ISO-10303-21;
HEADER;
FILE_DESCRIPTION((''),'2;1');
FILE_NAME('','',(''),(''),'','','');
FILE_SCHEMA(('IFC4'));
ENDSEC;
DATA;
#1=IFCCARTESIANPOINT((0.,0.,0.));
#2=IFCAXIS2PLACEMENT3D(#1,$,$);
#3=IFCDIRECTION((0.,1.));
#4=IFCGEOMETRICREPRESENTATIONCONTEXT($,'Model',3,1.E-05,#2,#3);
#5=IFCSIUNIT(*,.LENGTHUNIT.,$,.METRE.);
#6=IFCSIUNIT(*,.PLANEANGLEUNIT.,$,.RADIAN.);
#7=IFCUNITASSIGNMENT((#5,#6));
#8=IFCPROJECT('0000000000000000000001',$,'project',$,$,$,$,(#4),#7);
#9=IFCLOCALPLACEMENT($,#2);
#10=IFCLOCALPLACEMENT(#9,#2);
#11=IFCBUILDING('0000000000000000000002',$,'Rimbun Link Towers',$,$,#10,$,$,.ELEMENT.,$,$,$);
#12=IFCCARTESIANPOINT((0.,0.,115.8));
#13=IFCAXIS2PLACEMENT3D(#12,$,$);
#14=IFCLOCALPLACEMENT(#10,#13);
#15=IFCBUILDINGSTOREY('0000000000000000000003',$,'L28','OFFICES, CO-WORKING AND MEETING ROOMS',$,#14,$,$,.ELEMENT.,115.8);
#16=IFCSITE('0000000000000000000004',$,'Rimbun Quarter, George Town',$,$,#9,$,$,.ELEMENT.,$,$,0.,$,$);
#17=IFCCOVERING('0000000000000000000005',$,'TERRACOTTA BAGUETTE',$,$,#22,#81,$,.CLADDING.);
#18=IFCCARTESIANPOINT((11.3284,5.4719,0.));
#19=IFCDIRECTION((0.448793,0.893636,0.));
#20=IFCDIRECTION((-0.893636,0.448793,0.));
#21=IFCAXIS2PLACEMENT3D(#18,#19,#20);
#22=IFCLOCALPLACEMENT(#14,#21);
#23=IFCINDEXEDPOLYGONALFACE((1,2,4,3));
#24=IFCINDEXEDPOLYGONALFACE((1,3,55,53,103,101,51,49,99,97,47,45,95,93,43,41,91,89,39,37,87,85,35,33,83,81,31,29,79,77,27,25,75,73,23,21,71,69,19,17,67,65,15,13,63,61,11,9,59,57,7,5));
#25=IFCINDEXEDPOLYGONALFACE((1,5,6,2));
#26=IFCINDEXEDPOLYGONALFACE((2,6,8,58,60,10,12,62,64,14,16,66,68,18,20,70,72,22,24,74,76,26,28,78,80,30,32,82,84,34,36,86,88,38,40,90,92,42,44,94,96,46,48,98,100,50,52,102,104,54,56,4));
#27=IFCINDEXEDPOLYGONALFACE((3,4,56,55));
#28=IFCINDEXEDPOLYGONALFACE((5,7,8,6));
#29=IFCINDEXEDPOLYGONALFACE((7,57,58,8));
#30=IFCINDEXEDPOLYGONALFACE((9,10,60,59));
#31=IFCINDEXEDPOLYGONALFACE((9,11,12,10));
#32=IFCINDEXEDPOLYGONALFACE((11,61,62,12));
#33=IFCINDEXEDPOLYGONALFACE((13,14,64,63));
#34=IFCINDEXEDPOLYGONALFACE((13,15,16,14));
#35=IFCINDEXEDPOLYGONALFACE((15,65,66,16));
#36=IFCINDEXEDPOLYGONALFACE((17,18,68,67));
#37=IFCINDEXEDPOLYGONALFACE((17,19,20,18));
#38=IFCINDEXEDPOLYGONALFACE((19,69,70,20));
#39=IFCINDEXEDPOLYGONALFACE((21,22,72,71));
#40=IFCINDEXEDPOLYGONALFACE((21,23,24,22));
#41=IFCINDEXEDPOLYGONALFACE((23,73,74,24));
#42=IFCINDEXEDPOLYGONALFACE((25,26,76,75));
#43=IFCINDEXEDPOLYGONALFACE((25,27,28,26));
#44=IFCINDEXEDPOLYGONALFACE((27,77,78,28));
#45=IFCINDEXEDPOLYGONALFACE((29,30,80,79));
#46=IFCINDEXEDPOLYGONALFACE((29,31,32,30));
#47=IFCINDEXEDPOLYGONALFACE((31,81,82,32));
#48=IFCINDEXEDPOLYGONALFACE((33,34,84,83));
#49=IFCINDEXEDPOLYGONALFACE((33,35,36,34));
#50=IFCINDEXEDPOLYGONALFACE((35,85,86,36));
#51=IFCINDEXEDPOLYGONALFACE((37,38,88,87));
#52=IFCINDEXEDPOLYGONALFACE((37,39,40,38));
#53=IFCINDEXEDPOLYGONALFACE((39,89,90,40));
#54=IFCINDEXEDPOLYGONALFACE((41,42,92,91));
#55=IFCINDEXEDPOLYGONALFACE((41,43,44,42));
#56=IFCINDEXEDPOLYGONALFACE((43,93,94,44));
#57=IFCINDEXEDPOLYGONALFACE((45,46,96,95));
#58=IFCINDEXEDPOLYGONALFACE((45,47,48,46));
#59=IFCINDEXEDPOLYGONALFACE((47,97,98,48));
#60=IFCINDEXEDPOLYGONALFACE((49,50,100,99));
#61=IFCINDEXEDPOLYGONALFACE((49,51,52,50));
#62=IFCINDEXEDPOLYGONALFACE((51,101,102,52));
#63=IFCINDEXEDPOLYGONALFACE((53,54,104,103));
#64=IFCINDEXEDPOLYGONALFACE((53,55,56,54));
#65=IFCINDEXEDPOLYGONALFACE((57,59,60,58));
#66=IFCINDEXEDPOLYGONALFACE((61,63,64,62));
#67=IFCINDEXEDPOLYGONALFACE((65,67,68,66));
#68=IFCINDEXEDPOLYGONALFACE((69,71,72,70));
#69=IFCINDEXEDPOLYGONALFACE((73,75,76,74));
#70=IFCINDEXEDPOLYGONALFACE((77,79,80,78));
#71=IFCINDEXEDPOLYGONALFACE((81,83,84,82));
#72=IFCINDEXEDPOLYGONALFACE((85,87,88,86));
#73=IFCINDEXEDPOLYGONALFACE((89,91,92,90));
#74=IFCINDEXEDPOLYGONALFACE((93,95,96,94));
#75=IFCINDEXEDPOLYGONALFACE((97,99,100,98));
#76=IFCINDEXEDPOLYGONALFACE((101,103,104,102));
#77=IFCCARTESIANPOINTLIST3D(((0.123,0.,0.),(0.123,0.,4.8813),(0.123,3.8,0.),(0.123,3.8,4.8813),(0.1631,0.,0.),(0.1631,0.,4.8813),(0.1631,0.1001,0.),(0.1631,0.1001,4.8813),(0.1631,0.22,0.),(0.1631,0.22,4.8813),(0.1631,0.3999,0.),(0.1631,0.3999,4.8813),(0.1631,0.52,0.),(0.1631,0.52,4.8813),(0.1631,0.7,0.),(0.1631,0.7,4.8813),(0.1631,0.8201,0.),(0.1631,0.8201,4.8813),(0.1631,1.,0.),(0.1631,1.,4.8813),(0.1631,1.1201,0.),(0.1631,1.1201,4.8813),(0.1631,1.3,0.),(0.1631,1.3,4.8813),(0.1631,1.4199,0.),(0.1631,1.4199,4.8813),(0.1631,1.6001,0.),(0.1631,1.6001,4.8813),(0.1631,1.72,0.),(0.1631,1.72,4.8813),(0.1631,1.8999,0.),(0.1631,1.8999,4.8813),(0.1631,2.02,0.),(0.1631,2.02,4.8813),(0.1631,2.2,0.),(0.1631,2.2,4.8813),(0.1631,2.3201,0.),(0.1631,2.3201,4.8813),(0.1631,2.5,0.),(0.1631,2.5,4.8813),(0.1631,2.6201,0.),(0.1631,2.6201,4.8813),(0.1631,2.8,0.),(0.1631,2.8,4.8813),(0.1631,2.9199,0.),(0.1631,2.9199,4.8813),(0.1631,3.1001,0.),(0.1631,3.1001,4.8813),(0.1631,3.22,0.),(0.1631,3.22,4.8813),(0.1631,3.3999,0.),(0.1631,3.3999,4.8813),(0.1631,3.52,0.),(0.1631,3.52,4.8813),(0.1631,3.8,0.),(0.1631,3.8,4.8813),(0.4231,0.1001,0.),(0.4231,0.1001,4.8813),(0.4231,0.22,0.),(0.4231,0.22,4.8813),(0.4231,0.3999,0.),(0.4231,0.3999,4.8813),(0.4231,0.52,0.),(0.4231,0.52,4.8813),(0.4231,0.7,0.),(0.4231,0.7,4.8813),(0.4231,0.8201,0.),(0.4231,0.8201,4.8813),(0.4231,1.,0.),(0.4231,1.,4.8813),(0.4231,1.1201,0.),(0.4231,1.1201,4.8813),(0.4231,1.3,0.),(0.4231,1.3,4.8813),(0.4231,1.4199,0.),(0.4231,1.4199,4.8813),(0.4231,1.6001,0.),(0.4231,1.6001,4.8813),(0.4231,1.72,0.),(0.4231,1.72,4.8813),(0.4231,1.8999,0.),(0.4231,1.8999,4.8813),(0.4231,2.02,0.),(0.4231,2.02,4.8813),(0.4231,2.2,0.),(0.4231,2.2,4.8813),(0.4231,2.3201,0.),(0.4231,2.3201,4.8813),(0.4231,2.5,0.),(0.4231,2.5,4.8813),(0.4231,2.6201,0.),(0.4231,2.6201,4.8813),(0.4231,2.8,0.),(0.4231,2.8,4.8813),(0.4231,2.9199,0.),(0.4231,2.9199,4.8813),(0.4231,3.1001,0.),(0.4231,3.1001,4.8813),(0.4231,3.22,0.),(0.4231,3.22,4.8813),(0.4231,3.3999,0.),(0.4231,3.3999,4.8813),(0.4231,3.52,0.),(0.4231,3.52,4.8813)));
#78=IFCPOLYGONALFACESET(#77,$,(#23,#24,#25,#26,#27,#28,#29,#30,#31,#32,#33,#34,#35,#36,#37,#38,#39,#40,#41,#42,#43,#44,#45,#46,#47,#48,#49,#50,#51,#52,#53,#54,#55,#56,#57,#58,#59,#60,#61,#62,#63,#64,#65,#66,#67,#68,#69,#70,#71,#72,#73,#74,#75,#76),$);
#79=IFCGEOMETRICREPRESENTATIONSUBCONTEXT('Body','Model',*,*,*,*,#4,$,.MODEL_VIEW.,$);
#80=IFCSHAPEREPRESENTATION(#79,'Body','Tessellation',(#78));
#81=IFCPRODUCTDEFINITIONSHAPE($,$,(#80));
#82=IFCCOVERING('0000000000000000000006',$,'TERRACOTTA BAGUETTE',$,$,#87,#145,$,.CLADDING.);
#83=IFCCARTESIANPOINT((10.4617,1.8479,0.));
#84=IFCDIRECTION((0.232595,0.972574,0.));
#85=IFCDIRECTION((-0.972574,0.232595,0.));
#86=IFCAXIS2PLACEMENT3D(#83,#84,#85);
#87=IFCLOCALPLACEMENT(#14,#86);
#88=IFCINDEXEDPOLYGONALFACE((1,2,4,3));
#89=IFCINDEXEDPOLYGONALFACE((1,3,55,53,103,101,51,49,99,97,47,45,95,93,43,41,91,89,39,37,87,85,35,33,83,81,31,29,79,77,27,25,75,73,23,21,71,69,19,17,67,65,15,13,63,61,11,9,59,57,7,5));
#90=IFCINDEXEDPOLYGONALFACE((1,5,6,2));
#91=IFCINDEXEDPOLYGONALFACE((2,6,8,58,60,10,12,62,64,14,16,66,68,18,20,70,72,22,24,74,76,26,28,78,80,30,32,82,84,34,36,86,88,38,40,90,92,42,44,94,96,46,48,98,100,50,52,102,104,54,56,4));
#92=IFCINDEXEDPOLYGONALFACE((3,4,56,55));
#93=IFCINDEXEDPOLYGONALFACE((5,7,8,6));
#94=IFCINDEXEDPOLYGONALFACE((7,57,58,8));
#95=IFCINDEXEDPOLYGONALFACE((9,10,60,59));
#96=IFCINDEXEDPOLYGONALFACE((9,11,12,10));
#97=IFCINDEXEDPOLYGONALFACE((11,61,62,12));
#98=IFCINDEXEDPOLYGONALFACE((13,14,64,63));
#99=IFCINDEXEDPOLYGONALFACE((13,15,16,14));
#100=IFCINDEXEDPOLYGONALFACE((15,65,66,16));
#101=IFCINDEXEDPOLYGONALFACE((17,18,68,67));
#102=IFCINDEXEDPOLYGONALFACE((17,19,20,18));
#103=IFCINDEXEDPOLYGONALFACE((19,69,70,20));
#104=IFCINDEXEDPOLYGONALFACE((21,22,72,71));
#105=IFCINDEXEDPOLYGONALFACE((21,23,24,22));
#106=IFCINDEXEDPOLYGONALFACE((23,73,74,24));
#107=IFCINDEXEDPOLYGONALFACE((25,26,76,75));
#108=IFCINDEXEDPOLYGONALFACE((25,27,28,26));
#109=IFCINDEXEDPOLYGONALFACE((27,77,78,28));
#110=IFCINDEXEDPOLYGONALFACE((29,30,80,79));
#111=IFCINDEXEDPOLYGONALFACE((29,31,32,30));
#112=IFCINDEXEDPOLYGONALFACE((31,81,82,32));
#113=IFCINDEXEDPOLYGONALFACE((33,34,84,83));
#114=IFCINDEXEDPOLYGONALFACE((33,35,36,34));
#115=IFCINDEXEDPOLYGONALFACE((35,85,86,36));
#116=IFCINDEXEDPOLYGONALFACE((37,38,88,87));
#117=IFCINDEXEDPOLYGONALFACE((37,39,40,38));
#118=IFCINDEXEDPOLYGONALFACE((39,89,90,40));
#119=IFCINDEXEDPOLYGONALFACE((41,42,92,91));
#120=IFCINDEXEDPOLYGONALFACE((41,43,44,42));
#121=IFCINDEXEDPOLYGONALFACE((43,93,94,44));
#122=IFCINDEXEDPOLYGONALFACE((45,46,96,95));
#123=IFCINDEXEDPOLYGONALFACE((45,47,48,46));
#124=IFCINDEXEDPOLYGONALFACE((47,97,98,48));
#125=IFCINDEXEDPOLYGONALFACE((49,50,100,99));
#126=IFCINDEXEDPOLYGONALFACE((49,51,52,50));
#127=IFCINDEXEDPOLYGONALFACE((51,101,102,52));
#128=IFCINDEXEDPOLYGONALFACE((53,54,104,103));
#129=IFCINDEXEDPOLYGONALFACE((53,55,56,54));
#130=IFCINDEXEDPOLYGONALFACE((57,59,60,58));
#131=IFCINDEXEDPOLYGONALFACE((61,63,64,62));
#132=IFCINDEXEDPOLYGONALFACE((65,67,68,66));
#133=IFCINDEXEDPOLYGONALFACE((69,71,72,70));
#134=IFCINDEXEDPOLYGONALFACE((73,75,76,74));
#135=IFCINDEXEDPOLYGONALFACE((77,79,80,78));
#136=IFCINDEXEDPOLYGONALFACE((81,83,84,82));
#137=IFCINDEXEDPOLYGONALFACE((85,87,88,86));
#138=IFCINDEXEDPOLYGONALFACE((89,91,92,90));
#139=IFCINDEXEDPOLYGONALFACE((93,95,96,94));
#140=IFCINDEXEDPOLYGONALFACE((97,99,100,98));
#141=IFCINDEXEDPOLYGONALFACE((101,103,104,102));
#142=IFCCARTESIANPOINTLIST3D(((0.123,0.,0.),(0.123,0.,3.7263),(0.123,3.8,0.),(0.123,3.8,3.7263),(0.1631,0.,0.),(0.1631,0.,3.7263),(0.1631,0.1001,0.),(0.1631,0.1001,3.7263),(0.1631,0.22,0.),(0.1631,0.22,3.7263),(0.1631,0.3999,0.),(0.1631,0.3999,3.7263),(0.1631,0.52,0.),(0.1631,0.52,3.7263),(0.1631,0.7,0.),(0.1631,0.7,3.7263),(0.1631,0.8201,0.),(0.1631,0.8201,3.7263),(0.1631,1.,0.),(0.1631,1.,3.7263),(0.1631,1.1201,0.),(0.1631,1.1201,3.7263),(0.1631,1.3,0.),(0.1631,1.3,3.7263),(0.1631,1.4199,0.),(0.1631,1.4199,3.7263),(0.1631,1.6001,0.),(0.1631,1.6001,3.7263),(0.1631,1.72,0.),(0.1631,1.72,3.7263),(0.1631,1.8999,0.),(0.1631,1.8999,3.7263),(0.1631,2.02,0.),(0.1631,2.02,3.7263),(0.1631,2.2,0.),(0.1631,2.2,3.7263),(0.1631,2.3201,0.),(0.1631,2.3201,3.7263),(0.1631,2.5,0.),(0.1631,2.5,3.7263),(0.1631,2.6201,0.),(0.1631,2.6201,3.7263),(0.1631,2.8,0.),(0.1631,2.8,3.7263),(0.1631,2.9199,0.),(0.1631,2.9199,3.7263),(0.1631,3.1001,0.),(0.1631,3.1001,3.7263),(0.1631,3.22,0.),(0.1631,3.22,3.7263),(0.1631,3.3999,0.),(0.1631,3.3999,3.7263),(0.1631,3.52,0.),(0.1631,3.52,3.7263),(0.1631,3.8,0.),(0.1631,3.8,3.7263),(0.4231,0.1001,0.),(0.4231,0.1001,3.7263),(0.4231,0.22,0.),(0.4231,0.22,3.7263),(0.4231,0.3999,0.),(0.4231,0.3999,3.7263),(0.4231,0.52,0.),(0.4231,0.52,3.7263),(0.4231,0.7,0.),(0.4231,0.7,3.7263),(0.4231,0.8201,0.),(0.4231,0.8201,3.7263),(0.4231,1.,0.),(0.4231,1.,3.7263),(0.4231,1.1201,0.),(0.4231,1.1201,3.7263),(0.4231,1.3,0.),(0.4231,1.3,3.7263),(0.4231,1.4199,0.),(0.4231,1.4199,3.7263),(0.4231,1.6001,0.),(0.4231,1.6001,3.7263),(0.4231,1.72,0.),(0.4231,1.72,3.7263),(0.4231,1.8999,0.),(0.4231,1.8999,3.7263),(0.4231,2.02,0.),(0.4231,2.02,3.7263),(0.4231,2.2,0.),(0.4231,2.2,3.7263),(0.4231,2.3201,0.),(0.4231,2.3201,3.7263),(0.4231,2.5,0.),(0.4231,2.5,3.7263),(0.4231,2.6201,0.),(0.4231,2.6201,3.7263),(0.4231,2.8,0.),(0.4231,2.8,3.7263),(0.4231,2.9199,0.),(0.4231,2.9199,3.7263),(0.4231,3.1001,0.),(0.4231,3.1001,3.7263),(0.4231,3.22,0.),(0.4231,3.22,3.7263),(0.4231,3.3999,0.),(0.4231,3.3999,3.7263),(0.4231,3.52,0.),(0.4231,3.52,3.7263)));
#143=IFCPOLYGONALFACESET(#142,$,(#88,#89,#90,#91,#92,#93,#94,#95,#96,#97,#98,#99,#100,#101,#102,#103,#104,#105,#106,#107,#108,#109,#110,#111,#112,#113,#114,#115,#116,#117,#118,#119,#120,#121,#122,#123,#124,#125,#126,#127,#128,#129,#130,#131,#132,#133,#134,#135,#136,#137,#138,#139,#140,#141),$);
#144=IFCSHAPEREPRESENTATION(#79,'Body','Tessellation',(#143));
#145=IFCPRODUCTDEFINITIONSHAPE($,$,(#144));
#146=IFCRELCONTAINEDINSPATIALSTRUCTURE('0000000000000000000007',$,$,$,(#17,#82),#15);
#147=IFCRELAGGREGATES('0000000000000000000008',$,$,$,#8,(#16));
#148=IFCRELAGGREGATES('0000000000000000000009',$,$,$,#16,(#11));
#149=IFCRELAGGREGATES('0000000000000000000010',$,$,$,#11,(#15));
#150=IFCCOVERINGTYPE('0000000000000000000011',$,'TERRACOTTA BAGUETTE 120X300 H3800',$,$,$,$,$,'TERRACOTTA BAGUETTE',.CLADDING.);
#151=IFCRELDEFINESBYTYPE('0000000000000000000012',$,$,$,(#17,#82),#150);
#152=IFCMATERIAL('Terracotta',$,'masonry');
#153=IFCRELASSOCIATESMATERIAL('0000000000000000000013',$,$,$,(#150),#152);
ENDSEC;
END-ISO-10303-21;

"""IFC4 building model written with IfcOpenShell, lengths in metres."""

from ifc_helpers import new_model, si_unit, direction, frame, origin, place, context, subcontext, project, spatial, polyline, outline, extrude, material, material_profile, profile_set, type_object, element, save


model = new_model("IFC4")

# Units and contexts
model_context = context("Model", 3, precision=1e-05, world=origin(), true_north=direction((0.0, 1.0)))
body_context = subcontext(model_context, "Body", "Model", "MODEL_VIEW")
ifc_project = project(units=[si_unit("LENGTHUNIT", "METRE"), si_unit("PLANEANGLEUNIT", "RADIAN")], contexts=[model_context])

# Site, building, storey
site_placement = place(None, origin())
site = spatial("IfcSite", under=ifc_project, at=site_placement, Name="Rimbun Quarter, George Town", CompositionType="ELEMENT", RefElevation=0.0)
building_placement = place(site_placement, origin())
building = spatial("IfcBuilding", under=site, at=building_placement, Name="Rimbun Link Towers", CompositionType="ELEMENT")
storey_placement = place(building_placement, frame((0.0, 0.0, 115.8)))
storey = spatial("IfcBuildingStorey", under=building, at=storey_placement, Name="L28", Description="OFFICES, CO-WORKING AND MEETING ROOMS", CompositionType="ELEMENT", Elevation=115.8)

# Coverings
ifc_material_1 = material(Name="Terracotta", Category="masonry")
ifc_material_profile_1 = material_profile(ifc_material_1, outline(polyline([(0.123, 0.0), (0.1631, 0.0), (0.1631, 0.1001), (0.4231, 0.1001), (0.4231, 0.22), (0.1631, 0.22), (0.1631, 0.3999), (0.4231, 0.3999), (0.4231, 0.52), (0.1631, 0.52), (0.1631, 0.7), (0.4231, 0.7), (0.4231, 0.8201), (0.1631, 0.8201), (0.1631, 1.0), (0.4231, 1.0), (0.4231, 1.1201), (0.1631, 1.1201), (0.1631, 1.3), (0.4231, 1.3), (0.4231, 1.4199), (0.1631, 1.4199), (0.1631, 1.6001), (0.4231, 1.6001), (0.4231, 1.72), (0.1631, 1.72), (0.1631, 1.8999), (0.4231, 1.8999), (0.4231, 2.02), (0.1631, 2.02), (0.1631, 2.2), (0.4231, 2.2), (0.4231, 2.3201), (0.1631, 2.3201), (0.1631, 2.5), (0.4231, 2.5), (0.4231, 2.6201), (0.1631, 2.6201), (0.1631, 2.8), (0.4231, 2.8), (0.4231, 2.9199), (0.1631, 2.9199), (0.1631, 3.1001), (0.4231, 3.1001), (0.4231, 3.22), (0.1631, 3.22), (0.1631, 3.3999), (0.4231, 3.3999), (0.4231, 3.52), (0.1631, 3.52), (0.1631, 3.8), (0.123, 3.8), (0.123, 0.0)])), Name="BAGUETTE 120X300")
ifc_profile_set_1 = profile_set([ifc_material_profile_1], Name="Terracotta")
covering_type_1 = type_object("IfcCoveringType", Name="TERRACOTTA BAGUETTE 120X300 H3800", ElementType="TERRACOTTA BAGUETTE", PredefinedType="CLADDING", material=ifc_profile_set_1)
covering_1_placement = place(storey_placement, frame((11.3284, 5.4719, 0.0), z_axis=(0.448793, 0.893636, 0.0), x_axis=(-0.893636, 0.448793, 0.0)))
element("IfcCovering", 1, at=covering_1_placement, inside=storey, type_object=covering_type_1, Name="TERRACOTTA BAGUETTE", PredefinedType="CLADDING", context=body_context, shape_type="SweptSolid", body=[
    extrude(outline(polyline([(0.123, 0.0), (0.1631, 0.0), (0.1631, 0.1001), (0.4231, 0.1001), (0.4231, 0.22), (0.1631, 0.22), (0.1631, 0.3999), (0.4231, 0.3999), (0.4231, 0.52), (0.1631, 0.52), (0.1631, 0.7), (0.4231, 0.7), (0.4231, 0.8201), (0.1631, 0.8201), (0.1631, 1.0), (0.4231, 1.0), (0.4231, 1.1201), (0.1631, 1.1201), (0.1631, 1.3), (0.4231, 1.3), (0.4231, 1.4199), (0.1631, 1.4199), (0.1631, 1.6001), (0.4231, 1.6001), (0.4231, 1.72), (0.1631, 1.72), (0.1631, 1.8999), (0.4231, 1.8999), (0.4231, 2.02), (0.1631, 2.02), (0.1631, 2.2), (0.4231, 2.2), (0.4231, 2.3201), (0.1631, 2.3201), (0.1631, 2.5), (0.4231, 2.5), (0.4231, 2.6201), (0.1631, 2.6201), (0.1631, 2.8), (0.4231, 2.8), (0.4231, 2.9199), (0.1631, 2.9199), (0.1631, 3.1001), (0.4231, 3.1001), (0.4231, 3.22), (0.1631, 3.22), (0.1631, 3.3999), (0.4231, 3.3999), (0.4231, 3.52), (0.1631, 3.52), (0.1631, 3.8), (0.123, 3.8), (0.123, 0.0)])), origin(), (0.0, 0.0, 1.0), 4.8813),
])
covering_2_placement = place(storey_placement, frame((10.4617, 1.8479, 0.0), z_axis=(0.232595, 0.972574, 0.0), x_axis=(-0.972574, 0.232595, 0.0)))
element("IfcCovering", 2, at=covering_2_placement, inside=storey, type_object=covering_type_1, Name="TERRACOTTA BAGUETTE", PredefinedType="CLADDING", context=body_context, shape_type="SweptSolid", body=[
    extrude(outline(polyline([(0.123, 0.0), (0.1631, 0.0), (0.1631, 0.1001), (0.4231, 0.1001), (0.4231, 0.22), (0.1631, 0.22), (0.1631, 0.3999), (0.4231, 0.3999), (0.4231, 0.52), (0.1631, 0.52), (0.1631, 0.7), (0.4231, 0.7), (0.4231, 0.8201), (0.1631, 0.8201), (0.1631, 1.0), (0.4231, 1.0), (0.4231, 1.1201), (0.1631, 1.1201), (0.1631, 1.3), (0.4231, 1.3), (0.4231, 1.4199), (0.1631, 1.4199), (0.1631, 1.6001), (0.4231, 1.6001), (0.4231, 1.72), (0.1631, 1.72), (0.1631, 1.8999), (0.4231, 1.8999), (0.4231, 2.02), (0.1631, 2.02), (0.1631, 2.2), (0.4231, 2.2), (0.4231, 2.3201), (0.1631, 2.3201), (0.1631, 2.5), (0.4231, 2.5), (0.4231, 2.6201), (0.1631, 2.6201), (0.1631, 2.8), (0.4231, 2.8), (0.4231, 2.9199), (0.1631, 2.9199), (0.1631, 3.1001), (0.4231, 3.1001), (0.4231, 3.22), (0.1631, 3.22), (0.1631, 3.3999), (0.4231, 3.3999), (0.4231, 3.52), (0.1631, 3.52), (0.1631, 3.8), (0.123, 3.8), (0.123, 0.0)])), origin(), (0.0, 0.0, 1.0), 3.7263),
])

save(model, "model.ifc")
